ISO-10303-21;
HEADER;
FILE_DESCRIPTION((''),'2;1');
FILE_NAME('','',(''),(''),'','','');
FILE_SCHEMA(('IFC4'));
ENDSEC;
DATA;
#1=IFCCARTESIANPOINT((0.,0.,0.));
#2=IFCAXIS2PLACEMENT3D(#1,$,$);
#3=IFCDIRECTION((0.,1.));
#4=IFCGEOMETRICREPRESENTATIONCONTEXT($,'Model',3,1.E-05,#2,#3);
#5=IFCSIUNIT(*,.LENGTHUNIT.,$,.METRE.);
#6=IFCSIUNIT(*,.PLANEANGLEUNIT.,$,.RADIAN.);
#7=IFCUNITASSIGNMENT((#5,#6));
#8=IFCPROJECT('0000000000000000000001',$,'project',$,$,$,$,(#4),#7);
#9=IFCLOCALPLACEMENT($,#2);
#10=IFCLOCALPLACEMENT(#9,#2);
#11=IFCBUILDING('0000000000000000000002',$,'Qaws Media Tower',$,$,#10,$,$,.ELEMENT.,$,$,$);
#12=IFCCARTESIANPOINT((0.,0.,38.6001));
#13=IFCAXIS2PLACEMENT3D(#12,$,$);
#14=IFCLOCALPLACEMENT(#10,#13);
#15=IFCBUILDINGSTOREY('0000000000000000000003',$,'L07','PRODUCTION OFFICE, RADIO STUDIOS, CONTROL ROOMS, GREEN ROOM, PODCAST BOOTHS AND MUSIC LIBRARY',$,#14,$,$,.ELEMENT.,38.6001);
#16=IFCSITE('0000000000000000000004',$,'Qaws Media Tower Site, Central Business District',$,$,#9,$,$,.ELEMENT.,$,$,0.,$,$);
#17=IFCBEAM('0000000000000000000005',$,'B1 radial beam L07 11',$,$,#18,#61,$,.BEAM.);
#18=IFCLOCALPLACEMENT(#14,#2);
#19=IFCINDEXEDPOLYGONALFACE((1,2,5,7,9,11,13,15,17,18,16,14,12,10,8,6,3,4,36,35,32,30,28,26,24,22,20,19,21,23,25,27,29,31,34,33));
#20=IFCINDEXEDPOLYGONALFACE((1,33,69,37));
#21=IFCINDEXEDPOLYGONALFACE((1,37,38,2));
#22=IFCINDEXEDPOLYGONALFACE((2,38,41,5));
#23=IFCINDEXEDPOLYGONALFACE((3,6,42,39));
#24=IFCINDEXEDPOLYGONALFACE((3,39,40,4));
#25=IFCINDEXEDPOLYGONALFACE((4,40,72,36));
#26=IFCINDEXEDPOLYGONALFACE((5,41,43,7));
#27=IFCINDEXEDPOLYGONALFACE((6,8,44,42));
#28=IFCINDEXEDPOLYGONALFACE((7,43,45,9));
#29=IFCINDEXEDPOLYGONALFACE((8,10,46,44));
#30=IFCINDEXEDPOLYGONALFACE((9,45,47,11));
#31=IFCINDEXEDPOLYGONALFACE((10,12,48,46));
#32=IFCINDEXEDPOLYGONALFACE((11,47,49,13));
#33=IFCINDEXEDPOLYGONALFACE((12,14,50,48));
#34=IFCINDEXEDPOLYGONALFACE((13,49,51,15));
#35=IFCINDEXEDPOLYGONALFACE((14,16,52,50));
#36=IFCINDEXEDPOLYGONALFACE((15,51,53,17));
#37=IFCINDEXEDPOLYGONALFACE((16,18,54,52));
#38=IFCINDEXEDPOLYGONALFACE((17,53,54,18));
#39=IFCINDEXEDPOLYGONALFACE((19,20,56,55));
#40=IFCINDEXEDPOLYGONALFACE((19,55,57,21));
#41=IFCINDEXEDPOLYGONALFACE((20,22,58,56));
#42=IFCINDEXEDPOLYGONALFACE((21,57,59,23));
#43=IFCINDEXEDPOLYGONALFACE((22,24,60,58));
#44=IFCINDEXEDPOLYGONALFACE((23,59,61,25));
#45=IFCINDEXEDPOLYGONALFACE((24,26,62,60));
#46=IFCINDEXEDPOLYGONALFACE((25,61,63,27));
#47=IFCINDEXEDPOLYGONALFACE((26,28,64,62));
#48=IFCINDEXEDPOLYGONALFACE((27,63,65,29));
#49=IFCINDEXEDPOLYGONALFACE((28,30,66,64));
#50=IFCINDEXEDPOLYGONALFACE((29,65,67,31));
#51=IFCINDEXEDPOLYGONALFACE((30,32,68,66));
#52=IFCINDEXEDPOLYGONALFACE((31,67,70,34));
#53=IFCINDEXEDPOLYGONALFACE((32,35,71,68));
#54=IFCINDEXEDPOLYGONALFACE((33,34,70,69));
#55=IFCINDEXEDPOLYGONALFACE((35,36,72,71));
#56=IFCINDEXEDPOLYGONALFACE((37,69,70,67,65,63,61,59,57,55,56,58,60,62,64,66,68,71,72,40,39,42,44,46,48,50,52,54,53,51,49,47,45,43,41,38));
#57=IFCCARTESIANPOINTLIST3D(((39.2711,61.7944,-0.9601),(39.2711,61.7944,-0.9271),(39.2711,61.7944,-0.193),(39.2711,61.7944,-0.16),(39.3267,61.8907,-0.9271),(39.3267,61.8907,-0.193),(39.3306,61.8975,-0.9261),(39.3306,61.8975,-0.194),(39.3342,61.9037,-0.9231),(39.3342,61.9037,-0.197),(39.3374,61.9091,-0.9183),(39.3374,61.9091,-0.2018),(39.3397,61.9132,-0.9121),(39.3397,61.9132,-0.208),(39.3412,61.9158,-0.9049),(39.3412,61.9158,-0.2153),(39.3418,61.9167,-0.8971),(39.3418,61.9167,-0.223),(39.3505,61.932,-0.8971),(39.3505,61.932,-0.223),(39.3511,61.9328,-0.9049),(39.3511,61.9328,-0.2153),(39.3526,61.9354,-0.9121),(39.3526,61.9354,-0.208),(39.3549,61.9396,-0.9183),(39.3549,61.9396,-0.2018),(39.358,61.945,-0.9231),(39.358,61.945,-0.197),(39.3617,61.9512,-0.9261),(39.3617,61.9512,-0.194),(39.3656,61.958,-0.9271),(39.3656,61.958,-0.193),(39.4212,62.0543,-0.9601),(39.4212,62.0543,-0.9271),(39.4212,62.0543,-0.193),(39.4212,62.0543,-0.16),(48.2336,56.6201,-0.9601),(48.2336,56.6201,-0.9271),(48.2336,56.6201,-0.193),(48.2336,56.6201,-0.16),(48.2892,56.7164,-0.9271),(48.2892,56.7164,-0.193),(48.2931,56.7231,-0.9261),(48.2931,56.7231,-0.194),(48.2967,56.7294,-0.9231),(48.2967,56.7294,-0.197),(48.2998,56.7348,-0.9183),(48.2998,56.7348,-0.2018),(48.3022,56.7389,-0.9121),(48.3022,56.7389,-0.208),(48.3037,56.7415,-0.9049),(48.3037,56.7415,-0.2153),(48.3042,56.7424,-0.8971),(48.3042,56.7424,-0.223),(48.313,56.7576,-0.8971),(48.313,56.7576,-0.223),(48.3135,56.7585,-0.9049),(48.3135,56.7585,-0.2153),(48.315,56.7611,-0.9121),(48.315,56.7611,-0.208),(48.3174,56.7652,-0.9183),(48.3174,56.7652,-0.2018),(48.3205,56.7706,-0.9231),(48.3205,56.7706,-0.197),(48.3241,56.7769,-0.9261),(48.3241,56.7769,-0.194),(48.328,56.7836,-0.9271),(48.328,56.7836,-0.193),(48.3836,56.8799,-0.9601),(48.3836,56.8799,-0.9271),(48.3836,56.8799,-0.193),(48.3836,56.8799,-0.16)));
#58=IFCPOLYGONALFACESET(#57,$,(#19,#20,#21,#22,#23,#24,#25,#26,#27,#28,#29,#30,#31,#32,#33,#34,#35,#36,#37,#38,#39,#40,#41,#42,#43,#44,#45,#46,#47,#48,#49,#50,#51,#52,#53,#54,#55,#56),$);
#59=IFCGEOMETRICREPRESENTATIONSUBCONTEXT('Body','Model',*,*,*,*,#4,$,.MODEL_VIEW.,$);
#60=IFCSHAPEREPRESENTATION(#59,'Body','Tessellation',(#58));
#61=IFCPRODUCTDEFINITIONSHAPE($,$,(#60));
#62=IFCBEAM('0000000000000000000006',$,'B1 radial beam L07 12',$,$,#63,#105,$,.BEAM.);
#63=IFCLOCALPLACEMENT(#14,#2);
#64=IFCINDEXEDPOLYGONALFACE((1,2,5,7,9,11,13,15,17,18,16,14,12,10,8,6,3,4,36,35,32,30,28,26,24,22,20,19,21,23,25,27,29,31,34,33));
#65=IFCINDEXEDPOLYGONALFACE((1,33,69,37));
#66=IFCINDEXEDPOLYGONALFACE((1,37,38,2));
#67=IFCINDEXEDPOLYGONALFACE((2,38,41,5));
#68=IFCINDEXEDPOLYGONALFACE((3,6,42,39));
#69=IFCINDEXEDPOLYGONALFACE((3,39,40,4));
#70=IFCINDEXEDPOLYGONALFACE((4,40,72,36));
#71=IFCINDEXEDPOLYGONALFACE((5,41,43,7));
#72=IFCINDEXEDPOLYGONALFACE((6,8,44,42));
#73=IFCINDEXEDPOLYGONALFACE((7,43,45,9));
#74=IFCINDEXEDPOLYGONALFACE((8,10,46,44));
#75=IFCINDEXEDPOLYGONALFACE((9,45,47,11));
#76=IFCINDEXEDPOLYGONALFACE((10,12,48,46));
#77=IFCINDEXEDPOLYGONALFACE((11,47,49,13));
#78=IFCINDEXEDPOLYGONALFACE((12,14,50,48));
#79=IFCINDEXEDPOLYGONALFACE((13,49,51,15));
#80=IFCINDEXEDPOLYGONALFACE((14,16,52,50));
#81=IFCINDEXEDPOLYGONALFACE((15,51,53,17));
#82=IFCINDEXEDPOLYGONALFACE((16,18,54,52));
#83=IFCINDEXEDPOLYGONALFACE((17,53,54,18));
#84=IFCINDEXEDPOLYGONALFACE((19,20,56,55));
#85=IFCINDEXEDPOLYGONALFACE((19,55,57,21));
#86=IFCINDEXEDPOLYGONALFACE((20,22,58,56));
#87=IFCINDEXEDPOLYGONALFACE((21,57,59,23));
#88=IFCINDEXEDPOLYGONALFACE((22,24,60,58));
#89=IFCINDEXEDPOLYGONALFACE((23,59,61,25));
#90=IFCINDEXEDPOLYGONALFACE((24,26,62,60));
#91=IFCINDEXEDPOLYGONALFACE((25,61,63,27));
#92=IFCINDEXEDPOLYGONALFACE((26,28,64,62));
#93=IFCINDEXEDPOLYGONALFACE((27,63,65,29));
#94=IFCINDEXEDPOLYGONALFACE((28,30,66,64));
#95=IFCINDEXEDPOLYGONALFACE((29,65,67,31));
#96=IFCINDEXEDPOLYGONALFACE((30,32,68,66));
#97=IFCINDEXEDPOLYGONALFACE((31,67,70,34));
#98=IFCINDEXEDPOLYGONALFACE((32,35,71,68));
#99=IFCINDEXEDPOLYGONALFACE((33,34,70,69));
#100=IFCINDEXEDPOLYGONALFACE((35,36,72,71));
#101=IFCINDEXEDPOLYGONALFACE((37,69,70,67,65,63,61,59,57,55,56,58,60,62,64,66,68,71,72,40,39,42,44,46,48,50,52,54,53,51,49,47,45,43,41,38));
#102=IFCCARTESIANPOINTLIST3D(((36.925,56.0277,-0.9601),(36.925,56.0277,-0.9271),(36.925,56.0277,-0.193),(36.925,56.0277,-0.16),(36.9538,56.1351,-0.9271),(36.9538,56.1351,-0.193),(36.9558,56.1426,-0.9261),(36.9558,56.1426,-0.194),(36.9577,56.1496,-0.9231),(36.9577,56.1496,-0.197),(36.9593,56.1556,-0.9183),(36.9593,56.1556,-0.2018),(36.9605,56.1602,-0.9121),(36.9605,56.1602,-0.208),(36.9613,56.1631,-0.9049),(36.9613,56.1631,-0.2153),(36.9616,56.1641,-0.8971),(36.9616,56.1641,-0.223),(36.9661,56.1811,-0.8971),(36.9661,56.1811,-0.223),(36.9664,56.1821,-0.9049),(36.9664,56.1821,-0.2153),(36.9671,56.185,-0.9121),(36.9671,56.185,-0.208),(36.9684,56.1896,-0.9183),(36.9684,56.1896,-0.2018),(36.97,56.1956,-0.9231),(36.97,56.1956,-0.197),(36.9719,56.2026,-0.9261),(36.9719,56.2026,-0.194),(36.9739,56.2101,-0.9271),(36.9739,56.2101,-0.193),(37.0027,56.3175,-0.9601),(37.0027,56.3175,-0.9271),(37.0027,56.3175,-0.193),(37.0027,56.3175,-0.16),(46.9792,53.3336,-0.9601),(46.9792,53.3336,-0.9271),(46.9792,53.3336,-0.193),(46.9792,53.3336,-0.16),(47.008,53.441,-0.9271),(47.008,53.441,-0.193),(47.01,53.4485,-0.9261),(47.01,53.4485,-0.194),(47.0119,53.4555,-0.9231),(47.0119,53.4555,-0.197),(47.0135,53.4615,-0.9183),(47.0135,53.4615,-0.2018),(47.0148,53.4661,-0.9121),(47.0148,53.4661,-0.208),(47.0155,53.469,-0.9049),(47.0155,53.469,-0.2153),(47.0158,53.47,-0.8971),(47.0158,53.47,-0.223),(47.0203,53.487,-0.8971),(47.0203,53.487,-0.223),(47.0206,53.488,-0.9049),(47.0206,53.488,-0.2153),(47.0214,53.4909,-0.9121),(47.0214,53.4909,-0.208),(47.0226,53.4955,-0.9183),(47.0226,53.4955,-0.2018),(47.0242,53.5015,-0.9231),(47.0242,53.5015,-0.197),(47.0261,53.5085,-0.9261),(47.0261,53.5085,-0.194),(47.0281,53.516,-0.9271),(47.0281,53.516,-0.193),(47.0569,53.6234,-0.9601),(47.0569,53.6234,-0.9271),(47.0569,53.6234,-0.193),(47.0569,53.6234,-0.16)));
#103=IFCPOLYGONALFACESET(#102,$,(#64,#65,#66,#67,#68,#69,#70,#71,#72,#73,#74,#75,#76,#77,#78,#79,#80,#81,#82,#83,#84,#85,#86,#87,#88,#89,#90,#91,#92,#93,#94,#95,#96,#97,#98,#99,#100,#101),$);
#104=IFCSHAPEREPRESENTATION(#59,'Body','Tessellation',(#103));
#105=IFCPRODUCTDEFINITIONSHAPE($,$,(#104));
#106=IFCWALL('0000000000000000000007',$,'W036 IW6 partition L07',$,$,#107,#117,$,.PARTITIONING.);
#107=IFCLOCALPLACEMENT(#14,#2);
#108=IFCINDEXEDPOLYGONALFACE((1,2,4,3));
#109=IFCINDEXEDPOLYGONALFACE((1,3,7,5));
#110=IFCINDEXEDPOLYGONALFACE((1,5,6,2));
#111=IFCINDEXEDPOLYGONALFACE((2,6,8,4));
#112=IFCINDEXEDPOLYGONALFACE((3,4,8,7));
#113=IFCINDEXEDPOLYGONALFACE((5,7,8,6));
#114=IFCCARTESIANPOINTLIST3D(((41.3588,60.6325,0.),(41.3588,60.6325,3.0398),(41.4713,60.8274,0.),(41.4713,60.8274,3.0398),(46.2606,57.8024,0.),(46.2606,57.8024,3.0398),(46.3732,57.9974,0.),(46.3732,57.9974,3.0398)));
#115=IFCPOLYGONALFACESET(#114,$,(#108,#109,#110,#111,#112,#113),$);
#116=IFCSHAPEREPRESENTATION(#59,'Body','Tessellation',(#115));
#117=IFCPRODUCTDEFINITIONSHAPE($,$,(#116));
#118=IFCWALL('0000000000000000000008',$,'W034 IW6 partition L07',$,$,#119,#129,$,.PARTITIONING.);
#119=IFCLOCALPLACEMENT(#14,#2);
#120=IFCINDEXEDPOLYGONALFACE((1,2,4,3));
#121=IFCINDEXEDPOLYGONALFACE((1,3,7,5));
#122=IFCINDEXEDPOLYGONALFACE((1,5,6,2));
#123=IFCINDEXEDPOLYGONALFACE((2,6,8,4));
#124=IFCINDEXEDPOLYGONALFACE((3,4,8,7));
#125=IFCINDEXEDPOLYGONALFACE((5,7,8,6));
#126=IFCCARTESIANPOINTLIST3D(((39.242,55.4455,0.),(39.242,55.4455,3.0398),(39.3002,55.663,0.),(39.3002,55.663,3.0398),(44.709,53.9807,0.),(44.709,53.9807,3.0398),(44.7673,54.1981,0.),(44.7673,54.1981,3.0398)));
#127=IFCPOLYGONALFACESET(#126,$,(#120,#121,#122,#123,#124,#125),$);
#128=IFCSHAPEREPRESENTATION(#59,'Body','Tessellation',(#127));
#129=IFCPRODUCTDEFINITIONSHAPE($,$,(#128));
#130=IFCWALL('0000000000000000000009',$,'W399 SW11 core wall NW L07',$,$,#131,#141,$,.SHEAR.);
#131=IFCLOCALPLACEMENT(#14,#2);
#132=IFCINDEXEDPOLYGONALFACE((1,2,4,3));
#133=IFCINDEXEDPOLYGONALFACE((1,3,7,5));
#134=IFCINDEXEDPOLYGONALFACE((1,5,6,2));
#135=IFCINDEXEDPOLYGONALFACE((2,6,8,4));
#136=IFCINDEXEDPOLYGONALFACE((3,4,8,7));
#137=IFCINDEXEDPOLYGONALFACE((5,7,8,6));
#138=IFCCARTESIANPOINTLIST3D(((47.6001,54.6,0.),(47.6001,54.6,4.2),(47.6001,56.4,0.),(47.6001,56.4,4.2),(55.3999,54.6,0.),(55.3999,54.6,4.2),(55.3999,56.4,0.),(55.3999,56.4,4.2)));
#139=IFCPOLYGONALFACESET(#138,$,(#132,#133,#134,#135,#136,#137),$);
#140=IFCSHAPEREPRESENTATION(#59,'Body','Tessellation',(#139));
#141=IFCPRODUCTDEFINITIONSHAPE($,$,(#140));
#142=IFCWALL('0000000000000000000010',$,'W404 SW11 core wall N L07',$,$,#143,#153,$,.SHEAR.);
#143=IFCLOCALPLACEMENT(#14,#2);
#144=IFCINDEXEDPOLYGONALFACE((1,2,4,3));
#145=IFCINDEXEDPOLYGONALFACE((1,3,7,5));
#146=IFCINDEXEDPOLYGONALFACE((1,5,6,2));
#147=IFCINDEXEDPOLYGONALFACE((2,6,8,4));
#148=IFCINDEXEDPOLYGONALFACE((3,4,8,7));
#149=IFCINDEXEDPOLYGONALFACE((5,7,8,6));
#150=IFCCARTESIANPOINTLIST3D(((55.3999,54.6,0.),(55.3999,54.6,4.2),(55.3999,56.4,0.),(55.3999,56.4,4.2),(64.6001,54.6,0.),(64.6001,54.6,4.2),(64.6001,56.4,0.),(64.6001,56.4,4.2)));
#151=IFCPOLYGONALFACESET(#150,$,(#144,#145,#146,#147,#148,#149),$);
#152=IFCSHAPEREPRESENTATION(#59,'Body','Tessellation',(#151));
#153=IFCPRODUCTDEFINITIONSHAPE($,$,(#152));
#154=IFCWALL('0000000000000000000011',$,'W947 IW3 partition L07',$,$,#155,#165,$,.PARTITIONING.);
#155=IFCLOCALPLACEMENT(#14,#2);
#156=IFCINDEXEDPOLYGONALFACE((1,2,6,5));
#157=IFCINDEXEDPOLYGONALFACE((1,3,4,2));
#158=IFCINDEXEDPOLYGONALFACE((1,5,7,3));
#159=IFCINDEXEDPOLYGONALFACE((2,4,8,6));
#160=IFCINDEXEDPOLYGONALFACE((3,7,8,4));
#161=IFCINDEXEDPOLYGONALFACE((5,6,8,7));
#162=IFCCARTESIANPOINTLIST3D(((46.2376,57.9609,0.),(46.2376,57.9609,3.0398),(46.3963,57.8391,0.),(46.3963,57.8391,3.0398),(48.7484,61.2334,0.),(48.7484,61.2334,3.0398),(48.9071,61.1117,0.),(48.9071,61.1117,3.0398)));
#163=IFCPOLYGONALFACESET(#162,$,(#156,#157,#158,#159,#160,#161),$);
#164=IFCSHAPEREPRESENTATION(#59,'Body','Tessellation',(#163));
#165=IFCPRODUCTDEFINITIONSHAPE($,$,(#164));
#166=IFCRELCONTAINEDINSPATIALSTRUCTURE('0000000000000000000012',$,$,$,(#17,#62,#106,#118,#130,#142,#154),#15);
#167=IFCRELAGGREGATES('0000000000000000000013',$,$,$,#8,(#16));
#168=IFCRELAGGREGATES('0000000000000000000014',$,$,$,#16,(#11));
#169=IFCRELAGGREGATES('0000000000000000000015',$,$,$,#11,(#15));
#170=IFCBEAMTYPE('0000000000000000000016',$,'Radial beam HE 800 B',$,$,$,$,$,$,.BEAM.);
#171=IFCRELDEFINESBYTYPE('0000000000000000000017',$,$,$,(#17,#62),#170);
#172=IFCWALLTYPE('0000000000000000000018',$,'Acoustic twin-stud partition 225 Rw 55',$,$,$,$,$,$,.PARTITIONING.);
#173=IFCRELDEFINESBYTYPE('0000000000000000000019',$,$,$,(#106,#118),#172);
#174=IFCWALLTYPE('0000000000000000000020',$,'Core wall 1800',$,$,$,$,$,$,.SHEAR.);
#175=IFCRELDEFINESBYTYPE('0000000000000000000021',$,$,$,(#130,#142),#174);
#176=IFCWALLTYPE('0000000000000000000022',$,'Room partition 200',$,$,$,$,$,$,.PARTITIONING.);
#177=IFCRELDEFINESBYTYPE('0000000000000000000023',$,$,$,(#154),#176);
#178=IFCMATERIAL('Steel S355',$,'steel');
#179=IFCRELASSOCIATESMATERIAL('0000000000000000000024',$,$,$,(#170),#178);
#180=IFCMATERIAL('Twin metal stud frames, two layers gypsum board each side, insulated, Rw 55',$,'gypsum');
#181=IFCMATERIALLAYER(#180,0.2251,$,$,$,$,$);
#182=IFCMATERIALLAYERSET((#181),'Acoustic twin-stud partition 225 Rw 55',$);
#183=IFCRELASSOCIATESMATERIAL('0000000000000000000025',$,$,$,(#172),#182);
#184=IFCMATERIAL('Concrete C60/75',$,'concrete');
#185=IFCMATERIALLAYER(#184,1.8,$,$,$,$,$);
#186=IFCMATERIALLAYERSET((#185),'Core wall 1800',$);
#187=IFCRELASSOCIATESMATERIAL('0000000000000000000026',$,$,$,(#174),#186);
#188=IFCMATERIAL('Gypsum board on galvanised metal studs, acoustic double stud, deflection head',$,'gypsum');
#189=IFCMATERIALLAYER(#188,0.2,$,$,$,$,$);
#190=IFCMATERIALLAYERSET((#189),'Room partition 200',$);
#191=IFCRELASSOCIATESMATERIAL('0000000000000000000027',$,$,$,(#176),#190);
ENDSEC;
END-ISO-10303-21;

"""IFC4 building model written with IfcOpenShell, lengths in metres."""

from ifc_helpers import new_model, si_unit, direction, frame, frame_2d, origin, origin_2d, place, context, subcontext, project, spatial, rectangle, i_section, extrude, material, layer, layer_set, material_profile, profile_set, type_object, element, save


model = new_model("IFC4")

# Units and contexts
model_context = context("Model", 3, precision=1e-05, world=origin(), true_north=direction((0.0, 1.0)))
body_context = subcontext(model_context, "Body", "Model", "MODEL_VIEW")
ifc_project = project(units=[si_unit("LENGTHUNIT", "METRE"), si_unit("PLANEANGLEUNIT", "RADIAN")], contexts=[model_context])

# Site, building, storey
site_placement = place(None, origin())
site = spatial("IfcSite", under=ifc_project, at=site_placement, Name="Qaws Media Tower Site, Central Business District", CompositionType="ELEMENT", RefElevation=0.0)
building_placement = place(site_placement, origin())
building = spatial("IfcBuilding", under=site, at=building_placement, Name="Qaws Media Tower", CompositionType="ELEMENT")
storey_placement = place(building_placement, frame((0.0, 0.0, 38.6001)))
storey = spatial("IfcBuildingStorey", under=building, at=storey_placement, Name="L07", Description="PRODUCTION OFFICE, RADIO STUDIOS, CONTROL ROOMS, GREEN ROOM, PODCAST BOOTHS AND MUSIC LIBRARY", CompositionType="ELEMENT", Elevation=38.6001)

# Beams
ifc_material_1 = material(Name="Steel S355", Category="steel")
ifc_material_profile_1 = material_profile(ifc_material_1, i_section(OverallWidth=0.3, OverallDepth=0.8, WebThickness=0.0176, FlangeThickness=0.033, FilletRadius=0.03, at=origin_2d()), Name="HE 800 B")
ifc_profile_set_1 = profile_set([ifc_material_profile_1], Name="Steel S355")
beam_type_1 = type_object("IfcBeamType", Name="Radial beam HE 800 B", PredefinedType="BEAM", material=ifc_profile_set_1)
beam_1_placement = place(storey_placement, frame((48.3086, 56.75, -0.5601), z_axis=(-0.866031, 0.499991, 0.0), x_axis=(-0.499991, -0.866031, 0.0)))
element("IfcBeam", 1, at=beam_1_placement, inside=storey, type_object=beam_type_1, Name="B1 radial beam L07 11", PredefinedType="BEAM", context=body_context, shape_type="SweptSolid", body=[
    extrude(i_section(OverallWidth=0.3, OverallDepth=0.8, WebThickness=0.0176, FlangeThickness=0.033, FilletRadius=0.03, at=origin_2d()), origin(), (0.0, 0.0, 1.0), 10.3489),
])
beam_2_placement = place(storey_placement, frame((47.0181, 53.4785, -0.5601), z_axis=(-0.965924, 0.258826, 0.0), x_axis=(-0.258826, -0.965924, 0.0)))
element("IfcBeam", 2, at=beam_2_placement, inside=storey, type_object=beam_type_1, Name="B1 radial beam L07 12", PredefinedType="BEAM", context=body_context, shape_type="SweptSolid", body=[
    extrude(i_section(OverallWidth=0.3, OverallDepth=0.8, WebThickness=0.0176, FlangeThickness=0.033, FilletRadius=0.03, at=origin_2d()), origin(), (0.0, 0.0, 1.0), 10.4089),
])

# Walls
ifc_material_2 = material(Name="Twin metal stud frames, two layers gypsum board each side, insulated, Rw 55", Category="gypsum")
ifc_layer_1 = layer(ifc_material_2, 0.2251)
ifc_layer_set_1 = layer_set([ifc_layer_1], Name="Acoustic twin-stud partition 225 Rw 55")
wall_type_1 = type_object("IfcWallType", Name="Acoustic twin-stud partition 225 Rw 55", PredefinedType="PARTITIONING", material=ifc_layer_set_1)
wall_1_placement = place(storey_placement, frame((46.3169, 57.8999, 0.0), z_axis=(0.0, 0.0, 1.0), x_axis=(-0.866026, 0.499999, 0.0)))
element("IfcWall", 3, at=wall_1_placement, inside=storey, type_object=wall_type_1, Name="W036 IW6 partition L07", PredefinedType="PARTITIONING", context=body_context, shape_type="SweptSolid", body=[
    extrude(rectangle(XDim=5.6602, YDim=0.2251, at=frame_2d((2.8301, 0.0))), origin(), (0.0, 0.0, 1.0), 3.0398),
])
wall_2_placement = place(storey_placement, frame((44.7383, 54.0894, 0.0), z_axis=(0.0, 0.0, 1.0), x_axis=(-0.965928, 0.258812, 0.0)))
element("IfcWall", 4, at=wall_2_placement, inside=storey, type_object=wall_type_1, Name="W034 IW6 partition L07", PredefinedType="PARTITIONING", context=body_context, shape_type="SweptSolid", body=[
    extrude(rectangle(XDim=5.6599, YDim=0.2251, at=frame_2d((2.8301, 0.0))), origin(), (0.0, 0.0, 1.0), 3.0398),
])
ifc_material_3 = material(Name="Concrete C60/75", Category="concrete")
ifc_layer_2 = layer(ifc_material_3, 1.8)
ifc_layer_set_2 = layer_set([ifc_layer_2], Name="Core wall 1800")
wall_type_2 = type_object("IfcWallType", Name="Core wall 1800", PredefinedType="SHEAR", material=ifc_layer_set_2)
wall_3_placement = place(storey_placement, frame((47.6001, 55.5, 0.0), z_axis=(0.0, 0.0, 1.0), x_axis=(1.0, 0.0, 0.0)))
element("IfcWall", 5, at=wall_3_placement, inside=storey, type_object=wall_type_2, Name="W399 SW11 core wall NW L07", PredefinedType="SHEAR", context=body_context, shape_type="SweptSolid", body=[
    extrude(rectangle(XDim=7.7998, YDim=1.8, at=frame_2d((3.8999, 0.0))), origin(), (0.0, 0.0, 1.0), 4.2),
])
wall_4_placement = place(storey_placement, frame((55.3999, 55.5, 0.0), z_axis=(0.0, 0.0, 1.0), x_axis=(1.0, 0.0, 0.0)))
element("IfcWall", 6, at=wall_4_placement, inside=storey, type_object=wall_type_2, Name="W404 SW11 core wall N L07", PredefinedType="SHEAR", context=body_context, shape_type="SweptSolid", body=[
    extrude(rectangle(XDim=9.2002, YDim=1.8, at=frame_2d((4.6001, 0.0))), origin(), (0.0, 0.0, 1.0), 4.2),
])

# Shared definitions
ifc_material_4 = material(Name="Gypsum board on galvanised metal studs, acoustic double stud, deflection head", Category="gypsum")
ifc_layer_3 = layer(ifc_material_4, 0.2)
ifc_layer_set_3 = layer_set([ifc_layer_3], Name="Room partition 200")
wall_type_3 = type_object("IfcWallType", Name="Room partition 200", PredefinedType="PARTITIONING", material=ifc_layer_set_3)

# Wall
wall_5_placement = place(storey_placement, frame((46.3169, 57.8999, 0.0), z_axis=(0.0, 0.0, 1.0), x_axis=(0.608715, 0.793389, 0.0)))
element("IfcWall", 7, at=wall_5_placement, inside=storey, type_object=wall_type_3, Name="W947 IW3 partition L07", PredefinedType="PARTITIONING", context=body_context, shape_type="SweptSolid", body=[
    extrude(rectangle(XDim=4.1248, YDim=0.2, at=frame_2d((2.0625, 0.0))), origin(), (0.0, 0.0, 1.0), 3.0398),
])

save(model, "model.ifc")
